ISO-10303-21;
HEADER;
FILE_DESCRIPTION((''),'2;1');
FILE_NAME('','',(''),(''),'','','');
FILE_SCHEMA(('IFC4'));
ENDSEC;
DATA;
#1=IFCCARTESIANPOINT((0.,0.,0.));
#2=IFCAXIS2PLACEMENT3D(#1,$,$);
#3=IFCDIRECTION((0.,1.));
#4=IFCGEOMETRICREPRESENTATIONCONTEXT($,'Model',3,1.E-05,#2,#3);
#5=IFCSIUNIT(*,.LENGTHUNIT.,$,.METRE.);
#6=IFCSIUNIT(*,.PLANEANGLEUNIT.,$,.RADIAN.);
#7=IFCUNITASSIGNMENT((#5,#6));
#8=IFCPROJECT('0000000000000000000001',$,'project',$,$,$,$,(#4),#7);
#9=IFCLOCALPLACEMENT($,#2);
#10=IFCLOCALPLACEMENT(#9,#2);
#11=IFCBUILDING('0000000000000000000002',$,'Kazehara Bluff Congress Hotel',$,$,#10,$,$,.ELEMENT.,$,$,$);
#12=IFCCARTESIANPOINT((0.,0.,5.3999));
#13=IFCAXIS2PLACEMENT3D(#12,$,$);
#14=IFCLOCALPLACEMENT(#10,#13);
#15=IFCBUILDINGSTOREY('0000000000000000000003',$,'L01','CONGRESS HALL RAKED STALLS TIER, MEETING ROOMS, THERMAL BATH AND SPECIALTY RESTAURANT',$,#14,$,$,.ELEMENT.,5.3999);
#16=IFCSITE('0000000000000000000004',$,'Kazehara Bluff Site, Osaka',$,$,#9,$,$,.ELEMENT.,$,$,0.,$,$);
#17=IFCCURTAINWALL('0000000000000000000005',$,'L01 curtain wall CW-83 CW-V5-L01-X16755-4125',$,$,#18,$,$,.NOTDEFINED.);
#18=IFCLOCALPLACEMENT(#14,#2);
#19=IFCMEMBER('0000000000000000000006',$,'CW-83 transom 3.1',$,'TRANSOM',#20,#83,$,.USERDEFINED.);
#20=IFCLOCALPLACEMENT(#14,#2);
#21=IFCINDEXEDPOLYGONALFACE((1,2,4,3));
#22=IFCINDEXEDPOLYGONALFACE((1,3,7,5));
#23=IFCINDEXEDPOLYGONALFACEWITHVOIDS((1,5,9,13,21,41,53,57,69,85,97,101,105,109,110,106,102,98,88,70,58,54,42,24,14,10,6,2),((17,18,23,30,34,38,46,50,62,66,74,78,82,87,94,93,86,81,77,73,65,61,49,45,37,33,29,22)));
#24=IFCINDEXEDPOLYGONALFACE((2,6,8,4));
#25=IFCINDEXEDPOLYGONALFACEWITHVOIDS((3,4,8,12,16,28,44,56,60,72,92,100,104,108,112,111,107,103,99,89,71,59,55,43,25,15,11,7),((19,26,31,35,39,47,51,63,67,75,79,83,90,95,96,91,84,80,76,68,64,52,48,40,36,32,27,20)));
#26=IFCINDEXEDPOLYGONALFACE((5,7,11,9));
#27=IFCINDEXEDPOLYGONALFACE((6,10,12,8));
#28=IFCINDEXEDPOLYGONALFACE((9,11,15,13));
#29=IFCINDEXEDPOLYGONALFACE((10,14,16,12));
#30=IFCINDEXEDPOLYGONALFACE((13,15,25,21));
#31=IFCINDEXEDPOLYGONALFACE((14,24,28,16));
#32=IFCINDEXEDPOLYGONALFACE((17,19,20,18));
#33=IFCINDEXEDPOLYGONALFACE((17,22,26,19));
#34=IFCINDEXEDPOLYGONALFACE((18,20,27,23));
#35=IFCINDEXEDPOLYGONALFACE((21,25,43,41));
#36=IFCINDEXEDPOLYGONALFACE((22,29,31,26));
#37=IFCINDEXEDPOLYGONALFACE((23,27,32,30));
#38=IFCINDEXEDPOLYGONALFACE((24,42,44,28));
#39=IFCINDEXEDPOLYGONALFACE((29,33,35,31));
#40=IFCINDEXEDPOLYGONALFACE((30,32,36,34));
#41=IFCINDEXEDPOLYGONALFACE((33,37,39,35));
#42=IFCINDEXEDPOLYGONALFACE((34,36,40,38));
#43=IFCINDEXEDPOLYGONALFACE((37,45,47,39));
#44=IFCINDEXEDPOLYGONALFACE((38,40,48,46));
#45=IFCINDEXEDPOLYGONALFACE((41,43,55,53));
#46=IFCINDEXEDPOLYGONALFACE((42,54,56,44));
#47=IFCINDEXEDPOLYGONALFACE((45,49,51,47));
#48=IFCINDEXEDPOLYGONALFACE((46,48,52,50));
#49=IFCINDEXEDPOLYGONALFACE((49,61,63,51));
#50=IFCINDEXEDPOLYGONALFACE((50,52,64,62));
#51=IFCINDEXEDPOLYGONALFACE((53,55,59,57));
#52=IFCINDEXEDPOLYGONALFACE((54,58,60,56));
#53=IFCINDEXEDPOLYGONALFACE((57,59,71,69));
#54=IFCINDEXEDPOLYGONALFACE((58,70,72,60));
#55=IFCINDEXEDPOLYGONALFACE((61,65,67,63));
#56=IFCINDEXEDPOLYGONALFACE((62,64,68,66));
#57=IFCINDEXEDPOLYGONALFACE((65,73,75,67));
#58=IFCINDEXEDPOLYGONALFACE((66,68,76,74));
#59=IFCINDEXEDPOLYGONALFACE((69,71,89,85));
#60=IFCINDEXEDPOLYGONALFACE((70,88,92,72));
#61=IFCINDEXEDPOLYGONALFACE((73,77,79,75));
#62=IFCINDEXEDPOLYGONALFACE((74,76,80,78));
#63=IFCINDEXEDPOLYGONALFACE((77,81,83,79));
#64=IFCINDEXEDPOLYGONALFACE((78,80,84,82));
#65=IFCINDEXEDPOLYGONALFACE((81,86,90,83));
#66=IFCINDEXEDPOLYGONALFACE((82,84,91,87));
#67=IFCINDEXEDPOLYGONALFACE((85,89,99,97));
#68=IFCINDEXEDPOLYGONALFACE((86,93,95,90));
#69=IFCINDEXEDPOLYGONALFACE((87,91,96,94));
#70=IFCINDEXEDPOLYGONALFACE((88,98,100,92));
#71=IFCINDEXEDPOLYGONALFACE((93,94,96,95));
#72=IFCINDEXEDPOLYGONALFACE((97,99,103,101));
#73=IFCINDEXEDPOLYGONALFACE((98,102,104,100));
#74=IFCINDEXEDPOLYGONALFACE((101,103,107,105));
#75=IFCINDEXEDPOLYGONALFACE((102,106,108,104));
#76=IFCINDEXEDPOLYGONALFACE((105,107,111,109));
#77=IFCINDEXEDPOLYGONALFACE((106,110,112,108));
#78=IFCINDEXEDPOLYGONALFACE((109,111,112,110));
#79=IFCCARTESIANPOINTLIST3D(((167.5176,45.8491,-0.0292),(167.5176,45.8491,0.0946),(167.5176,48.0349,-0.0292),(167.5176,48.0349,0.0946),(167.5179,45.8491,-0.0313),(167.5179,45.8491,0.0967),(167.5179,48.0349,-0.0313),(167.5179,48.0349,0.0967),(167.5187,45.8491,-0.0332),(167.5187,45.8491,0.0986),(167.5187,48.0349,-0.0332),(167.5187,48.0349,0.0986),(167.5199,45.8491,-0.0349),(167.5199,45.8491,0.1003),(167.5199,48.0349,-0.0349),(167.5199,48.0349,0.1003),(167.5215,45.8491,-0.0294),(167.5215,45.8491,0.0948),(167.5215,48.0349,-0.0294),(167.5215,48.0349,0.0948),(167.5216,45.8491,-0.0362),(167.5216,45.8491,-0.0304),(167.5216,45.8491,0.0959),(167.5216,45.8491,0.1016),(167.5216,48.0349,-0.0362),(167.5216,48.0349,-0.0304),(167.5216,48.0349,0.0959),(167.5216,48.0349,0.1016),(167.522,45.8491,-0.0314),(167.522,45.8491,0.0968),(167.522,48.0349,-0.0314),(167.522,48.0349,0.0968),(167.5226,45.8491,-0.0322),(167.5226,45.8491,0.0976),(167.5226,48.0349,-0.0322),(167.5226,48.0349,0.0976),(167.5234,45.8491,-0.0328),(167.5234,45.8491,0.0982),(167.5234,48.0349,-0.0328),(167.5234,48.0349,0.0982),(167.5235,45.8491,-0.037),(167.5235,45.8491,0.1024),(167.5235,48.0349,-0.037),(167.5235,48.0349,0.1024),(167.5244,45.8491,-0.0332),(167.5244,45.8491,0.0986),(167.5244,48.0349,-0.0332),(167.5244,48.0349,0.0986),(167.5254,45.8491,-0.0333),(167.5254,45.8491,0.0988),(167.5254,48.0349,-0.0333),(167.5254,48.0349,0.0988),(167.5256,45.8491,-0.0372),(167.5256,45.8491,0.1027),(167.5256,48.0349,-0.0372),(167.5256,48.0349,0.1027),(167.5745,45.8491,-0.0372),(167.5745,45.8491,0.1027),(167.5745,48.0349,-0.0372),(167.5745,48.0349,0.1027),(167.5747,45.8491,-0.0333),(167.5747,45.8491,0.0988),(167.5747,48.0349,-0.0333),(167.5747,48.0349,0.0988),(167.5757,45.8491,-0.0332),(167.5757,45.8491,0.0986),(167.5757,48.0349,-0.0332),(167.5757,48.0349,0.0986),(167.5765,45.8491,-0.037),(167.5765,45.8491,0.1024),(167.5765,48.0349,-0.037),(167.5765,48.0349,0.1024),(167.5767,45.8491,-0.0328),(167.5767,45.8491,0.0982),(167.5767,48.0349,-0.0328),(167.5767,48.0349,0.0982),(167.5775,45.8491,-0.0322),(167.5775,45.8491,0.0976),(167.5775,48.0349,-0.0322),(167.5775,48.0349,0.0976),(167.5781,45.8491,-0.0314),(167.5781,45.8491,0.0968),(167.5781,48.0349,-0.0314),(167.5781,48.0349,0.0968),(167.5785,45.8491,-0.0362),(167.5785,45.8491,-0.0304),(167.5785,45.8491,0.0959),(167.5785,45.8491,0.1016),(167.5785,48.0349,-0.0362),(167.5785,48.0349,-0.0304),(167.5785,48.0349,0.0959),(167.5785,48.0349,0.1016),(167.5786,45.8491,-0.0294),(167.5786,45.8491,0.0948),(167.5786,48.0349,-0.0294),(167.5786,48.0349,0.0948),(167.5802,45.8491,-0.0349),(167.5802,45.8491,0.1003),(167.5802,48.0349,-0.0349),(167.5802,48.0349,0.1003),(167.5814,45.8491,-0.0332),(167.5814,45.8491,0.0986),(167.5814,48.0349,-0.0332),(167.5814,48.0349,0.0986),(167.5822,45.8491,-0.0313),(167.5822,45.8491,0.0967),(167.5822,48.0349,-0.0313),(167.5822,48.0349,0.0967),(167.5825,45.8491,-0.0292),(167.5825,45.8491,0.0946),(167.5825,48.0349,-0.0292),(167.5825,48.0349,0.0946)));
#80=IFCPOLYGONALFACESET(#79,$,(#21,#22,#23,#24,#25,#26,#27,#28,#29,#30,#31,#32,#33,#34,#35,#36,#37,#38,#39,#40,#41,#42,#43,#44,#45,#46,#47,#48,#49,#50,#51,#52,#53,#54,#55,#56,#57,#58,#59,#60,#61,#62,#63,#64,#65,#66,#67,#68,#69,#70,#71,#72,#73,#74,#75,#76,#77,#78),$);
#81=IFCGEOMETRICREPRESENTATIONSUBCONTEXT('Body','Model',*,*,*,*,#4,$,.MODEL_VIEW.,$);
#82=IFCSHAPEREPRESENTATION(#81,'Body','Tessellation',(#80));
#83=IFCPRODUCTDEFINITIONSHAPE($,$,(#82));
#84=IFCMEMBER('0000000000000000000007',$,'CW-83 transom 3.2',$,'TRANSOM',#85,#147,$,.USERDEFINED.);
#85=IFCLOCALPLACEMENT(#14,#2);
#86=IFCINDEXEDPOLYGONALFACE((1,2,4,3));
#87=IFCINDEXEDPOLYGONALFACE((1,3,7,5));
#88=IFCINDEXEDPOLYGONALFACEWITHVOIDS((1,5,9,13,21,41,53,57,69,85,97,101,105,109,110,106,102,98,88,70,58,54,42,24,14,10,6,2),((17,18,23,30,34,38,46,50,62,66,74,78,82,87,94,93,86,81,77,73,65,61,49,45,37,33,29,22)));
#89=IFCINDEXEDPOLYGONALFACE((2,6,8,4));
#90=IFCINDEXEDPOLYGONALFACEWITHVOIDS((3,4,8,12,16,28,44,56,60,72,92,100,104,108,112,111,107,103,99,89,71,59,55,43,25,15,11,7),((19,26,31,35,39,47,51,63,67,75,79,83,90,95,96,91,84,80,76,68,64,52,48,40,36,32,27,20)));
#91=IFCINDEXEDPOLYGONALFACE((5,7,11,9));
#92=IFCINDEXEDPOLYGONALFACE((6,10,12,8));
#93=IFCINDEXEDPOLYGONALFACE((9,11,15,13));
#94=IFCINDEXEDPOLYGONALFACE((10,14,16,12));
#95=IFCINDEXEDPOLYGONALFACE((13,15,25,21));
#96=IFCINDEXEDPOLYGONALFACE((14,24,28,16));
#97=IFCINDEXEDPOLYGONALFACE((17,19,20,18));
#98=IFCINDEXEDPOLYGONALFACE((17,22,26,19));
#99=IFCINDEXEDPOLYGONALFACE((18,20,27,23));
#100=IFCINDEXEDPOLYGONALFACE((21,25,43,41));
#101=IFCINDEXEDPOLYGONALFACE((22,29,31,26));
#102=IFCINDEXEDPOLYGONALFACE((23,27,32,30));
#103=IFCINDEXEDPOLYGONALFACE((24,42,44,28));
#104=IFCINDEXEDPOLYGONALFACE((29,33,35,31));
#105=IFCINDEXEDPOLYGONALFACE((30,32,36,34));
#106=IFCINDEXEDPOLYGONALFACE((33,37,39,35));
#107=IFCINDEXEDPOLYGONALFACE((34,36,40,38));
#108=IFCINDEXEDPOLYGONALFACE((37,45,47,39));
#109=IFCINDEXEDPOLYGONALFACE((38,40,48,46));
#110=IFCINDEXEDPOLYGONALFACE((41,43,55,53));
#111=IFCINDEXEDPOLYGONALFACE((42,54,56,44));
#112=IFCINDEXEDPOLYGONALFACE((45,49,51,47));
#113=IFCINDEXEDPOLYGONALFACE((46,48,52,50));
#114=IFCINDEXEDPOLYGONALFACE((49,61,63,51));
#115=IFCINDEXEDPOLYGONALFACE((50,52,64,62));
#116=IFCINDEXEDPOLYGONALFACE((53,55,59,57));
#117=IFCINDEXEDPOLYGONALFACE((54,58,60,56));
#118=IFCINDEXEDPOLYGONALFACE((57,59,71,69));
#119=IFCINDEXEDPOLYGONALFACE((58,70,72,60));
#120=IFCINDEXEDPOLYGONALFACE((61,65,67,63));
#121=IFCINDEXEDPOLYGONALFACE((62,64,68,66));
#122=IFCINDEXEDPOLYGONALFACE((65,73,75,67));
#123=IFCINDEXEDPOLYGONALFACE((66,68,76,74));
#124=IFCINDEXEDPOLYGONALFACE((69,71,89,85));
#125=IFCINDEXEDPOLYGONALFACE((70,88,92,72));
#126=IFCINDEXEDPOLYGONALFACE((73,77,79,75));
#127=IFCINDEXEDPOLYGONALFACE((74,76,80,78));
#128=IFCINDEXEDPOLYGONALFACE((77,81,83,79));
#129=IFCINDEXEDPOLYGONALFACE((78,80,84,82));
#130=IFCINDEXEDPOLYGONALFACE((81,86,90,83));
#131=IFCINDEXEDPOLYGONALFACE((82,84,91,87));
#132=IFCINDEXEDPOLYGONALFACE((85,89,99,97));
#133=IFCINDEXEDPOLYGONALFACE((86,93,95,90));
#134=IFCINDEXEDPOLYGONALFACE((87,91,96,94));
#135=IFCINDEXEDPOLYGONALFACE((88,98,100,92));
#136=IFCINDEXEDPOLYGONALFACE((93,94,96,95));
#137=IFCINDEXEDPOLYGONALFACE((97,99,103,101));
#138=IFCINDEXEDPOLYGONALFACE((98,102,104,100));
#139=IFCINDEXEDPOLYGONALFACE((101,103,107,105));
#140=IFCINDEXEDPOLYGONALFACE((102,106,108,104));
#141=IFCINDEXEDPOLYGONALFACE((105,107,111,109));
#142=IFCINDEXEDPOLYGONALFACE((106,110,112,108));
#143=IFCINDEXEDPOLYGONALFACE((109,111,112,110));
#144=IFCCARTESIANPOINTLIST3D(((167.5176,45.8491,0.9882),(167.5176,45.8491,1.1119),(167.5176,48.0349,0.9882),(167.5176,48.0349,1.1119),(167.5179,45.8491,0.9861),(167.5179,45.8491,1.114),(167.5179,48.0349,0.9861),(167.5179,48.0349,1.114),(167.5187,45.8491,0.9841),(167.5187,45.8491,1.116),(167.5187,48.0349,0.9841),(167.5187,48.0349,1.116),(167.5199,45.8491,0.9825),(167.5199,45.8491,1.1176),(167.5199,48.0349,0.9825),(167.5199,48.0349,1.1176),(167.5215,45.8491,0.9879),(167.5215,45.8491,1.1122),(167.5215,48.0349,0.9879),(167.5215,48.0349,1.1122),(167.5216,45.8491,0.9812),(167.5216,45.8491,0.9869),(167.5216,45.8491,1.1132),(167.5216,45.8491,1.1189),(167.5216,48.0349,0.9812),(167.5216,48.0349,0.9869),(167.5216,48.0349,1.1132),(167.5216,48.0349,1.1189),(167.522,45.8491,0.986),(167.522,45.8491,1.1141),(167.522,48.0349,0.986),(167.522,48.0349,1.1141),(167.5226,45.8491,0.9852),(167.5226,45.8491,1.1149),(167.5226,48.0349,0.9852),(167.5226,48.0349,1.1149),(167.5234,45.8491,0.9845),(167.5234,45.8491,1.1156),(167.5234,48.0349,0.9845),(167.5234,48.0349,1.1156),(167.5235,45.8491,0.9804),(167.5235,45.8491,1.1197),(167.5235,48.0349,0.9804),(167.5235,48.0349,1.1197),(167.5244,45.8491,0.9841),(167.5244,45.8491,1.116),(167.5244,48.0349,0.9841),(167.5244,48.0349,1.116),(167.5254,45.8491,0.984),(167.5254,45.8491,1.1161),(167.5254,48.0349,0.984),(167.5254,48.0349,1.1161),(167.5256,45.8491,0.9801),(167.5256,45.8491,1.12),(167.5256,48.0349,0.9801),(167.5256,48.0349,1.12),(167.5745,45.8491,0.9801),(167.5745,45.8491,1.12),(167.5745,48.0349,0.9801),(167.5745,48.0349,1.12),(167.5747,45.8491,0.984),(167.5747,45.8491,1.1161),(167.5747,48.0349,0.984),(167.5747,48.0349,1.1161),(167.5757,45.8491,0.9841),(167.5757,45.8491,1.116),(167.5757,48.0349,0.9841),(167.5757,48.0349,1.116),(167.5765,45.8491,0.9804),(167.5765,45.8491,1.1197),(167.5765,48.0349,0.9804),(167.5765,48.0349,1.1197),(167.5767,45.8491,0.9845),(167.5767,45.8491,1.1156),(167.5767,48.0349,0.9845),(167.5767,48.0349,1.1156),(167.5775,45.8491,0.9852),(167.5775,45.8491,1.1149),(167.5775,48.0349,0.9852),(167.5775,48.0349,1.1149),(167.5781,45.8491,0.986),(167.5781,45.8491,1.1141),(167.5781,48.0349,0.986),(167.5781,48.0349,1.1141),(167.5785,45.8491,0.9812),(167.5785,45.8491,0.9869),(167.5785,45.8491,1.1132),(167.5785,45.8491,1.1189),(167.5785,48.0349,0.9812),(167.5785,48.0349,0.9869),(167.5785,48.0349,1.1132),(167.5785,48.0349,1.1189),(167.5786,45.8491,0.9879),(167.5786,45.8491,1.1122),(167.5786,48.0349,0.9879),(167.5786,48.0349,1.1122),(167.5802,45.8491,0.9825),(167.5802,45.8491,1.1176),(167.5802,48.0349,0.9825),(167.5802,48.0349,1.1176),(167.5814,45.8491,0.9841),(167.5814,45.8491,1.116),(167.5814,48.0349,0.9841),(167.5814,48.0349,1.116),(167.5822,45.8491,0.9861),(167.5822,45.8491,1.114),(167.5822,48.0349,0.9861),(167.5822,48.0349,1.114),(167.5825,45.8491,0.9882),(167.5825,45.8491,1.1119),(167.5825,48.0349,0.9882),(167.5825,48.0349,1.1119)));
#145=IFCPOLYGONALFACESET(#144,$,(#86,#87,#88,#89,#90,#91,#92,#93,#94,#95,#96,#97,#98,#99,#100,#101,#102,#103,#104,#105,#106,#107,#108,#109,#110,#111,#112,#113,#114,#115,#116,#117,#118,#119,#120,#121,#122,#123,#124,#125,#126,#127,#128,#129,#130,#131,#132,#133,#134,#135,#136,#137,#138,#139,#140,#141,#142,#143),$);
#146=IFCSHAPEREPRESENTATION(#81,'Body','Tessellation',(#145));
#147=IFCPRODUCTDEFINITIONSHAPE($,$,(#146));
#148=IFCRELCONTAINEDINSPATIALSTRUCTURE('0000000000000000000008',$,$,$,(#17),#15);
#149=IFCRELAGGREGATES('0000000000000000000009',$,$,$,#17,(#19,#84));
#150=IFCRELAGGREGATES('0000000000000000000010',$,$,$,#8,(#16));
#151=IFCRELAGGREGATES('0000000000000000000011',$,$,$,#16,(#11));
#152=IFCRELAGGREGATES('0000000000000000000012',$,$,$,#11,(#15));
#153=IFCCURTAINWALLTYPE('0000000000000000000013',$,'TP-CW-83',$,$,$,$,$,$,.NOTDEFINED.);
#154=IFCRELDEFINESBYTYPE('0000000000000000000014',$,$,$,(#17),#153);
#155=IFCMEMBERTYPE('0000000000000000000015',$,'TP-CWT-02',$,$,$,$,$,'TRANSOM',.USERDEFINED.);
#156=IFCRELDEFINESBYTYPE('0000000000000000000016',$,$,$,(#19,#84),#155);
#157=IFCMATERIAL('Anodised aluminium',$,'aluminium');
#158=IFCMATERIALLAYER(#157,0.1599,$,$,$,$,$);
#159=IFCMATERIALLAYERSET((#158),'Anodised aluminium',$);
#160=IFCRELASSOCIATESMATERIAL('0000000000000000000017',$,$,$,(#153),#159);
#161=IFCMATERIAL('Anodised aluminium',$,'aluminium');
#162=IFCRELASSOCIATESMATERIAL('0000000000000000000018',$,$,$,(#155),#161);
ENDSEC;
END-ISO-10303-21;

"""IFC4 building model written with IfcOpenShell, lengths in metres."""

from ifc_helpers import new_model, si_unit, direction, frame, origin, origin_2d, place, context, subcontext, project, spatial, hollow_rectangle, extrude, material, layer, layer_set, material_profile, profile_set, type_object, element, aggregate, save


model = new_model("IFC4")

# Units and contexts
model_context = context("Model", 3, precision=1e-05, world=origin(), true_north=direction((0.0, 1.0)))
body_context = subcontext(model_context, "Body", "Model", "MODEL_VIEW")
ifc_project = project(units=[si_unit("LENGTHUNIT", "METRE"), si_unit("PLANEANGLEUNIT", "RADIAN")], contexts=[model_context])

# Site, building, storey
site_placement = place(None, origin())
site = spatial("IfcSite", under=ifc_project, at=site_placement, Name="Kazehara Bluff Site, Osaka", CompositionType="ELEMENT", RefElevation=0.0)
building_placement = place(site_placement, origin())
building = spatial("IfcBuilding", under=site, at=building_placement, Name="Kazehara Bluff Congress Hotel", CompositionType="ELEMENT")
storey_placement = place(building_placement, frame((0.0, 0.0, 5.3999)))
storey = spatial("IfcBuildingStorey", under=building, at=storey_placement, Name="L01", Description="CONGRESS HALL RAKED STALLS TIER, MEETING ROOMS, THERMAL BATH AND SPECIALTY RESTAURANT", CompositionType="ELEMENT", Elevation=5.3999)

# Curtain wall
ifc_material_1 = material(Name="Anodised aluminium", Category="aluminium")
ifc_layer_1 = layer(ifc_material_1, 0.1599)
ifc_layer_set_1 = layer_set([ifc_layer_1], Name="Anodised aluminium")
curtain_wall_type_1 = type_object("IfcCurtainWallType", Name="TP-CW-83", PredefinedType="NOTDEFINED", material=ifc_layer_set_1)
curtain_wall_1_placement = place(storey_placement, origin())
curtain_wall_1 = element("IfcCurtainWall", 1, at=curtain_wall_1_placement, inside=storey, type_object=curtain_wall_type_1, Name="L01 curtain wall CW-83 CW-V5-L01-X16755-4125", PredefinedType="NOTDEFINED")

# Members
ifc_material_2 = material(Name="Anodised aluminium", Category="aluminium")
ifc_material_profile_1 = material_profile(ifc_material_2, hollow_rectangle(XDim=0.0649, YDim=0.1399, WallThickness=0.0039, InnerFilletRadius=0.0039, OuterFilletRadius=0.0081, at=origin_2d()))
ifc_profile_set_1 = profile_set([ifc_material_profile_1], Name="Anodised aluminium")
member_type_1 = type_object("IfcMemberType", Name="TP-CWT-02", ElementType="TRANSOM", PredefinedType="USERDEFINED", material=ifc_profile_set_1)
member_1_placement = place(storey_placement, frame((167.55, 45.8491, 0.0327), z_axis=(0.0, 1.0, 0.0), x_axis=(-1.0, 0.0, 0.0)))
member_1 = element("IfcMember", 2, at=member_1_placement, type_object=member_type_1, Name="CW-83 transom 3.1", ObjectType="TRANSOM", PredefinedType="USERDEFINED", context=body_context, shape_type="SweptSolid", body=[
    extrude(hollow_rectangle(XDim=0.0649, YDim=0.1399, WallThickness=0.0039, InnerFilletRadius=0.0039, OuterFilletRadius=0.0081, at=origin_2d()), origin(), (0.0, 0.0, 1.0), 2.1858),
])
member_2_placement = place(storey_placement, frame((167.55, 45.8491, 1.05), z_axis=(0.0, 1.0, 0.0), x_axis=(-1.0, 0.0, 0.0)))
member_2 = element("IfcMember", 3, at=member_2_placement, type_object=member_type_1, Name="CW-83 transom 3.2", ObjectType="TRANSOM", PredefinedType="USERDEFINED", context=body_context, shape_type="SweptSolid", body=[
    extrude(hollow_rectangle(XDim=0.0649, YDim=0.1399, WallThickness=0.0039, InnerFilletRadius=0.0039, OuterFilletRadius=0.0081, at=origin_2d()), origin(), (0.0, 0.0, 1.0), 2.1858),
])

aggregate(curtain_wall_1, [member_1, member_2])

save(model, "model.ifc")
